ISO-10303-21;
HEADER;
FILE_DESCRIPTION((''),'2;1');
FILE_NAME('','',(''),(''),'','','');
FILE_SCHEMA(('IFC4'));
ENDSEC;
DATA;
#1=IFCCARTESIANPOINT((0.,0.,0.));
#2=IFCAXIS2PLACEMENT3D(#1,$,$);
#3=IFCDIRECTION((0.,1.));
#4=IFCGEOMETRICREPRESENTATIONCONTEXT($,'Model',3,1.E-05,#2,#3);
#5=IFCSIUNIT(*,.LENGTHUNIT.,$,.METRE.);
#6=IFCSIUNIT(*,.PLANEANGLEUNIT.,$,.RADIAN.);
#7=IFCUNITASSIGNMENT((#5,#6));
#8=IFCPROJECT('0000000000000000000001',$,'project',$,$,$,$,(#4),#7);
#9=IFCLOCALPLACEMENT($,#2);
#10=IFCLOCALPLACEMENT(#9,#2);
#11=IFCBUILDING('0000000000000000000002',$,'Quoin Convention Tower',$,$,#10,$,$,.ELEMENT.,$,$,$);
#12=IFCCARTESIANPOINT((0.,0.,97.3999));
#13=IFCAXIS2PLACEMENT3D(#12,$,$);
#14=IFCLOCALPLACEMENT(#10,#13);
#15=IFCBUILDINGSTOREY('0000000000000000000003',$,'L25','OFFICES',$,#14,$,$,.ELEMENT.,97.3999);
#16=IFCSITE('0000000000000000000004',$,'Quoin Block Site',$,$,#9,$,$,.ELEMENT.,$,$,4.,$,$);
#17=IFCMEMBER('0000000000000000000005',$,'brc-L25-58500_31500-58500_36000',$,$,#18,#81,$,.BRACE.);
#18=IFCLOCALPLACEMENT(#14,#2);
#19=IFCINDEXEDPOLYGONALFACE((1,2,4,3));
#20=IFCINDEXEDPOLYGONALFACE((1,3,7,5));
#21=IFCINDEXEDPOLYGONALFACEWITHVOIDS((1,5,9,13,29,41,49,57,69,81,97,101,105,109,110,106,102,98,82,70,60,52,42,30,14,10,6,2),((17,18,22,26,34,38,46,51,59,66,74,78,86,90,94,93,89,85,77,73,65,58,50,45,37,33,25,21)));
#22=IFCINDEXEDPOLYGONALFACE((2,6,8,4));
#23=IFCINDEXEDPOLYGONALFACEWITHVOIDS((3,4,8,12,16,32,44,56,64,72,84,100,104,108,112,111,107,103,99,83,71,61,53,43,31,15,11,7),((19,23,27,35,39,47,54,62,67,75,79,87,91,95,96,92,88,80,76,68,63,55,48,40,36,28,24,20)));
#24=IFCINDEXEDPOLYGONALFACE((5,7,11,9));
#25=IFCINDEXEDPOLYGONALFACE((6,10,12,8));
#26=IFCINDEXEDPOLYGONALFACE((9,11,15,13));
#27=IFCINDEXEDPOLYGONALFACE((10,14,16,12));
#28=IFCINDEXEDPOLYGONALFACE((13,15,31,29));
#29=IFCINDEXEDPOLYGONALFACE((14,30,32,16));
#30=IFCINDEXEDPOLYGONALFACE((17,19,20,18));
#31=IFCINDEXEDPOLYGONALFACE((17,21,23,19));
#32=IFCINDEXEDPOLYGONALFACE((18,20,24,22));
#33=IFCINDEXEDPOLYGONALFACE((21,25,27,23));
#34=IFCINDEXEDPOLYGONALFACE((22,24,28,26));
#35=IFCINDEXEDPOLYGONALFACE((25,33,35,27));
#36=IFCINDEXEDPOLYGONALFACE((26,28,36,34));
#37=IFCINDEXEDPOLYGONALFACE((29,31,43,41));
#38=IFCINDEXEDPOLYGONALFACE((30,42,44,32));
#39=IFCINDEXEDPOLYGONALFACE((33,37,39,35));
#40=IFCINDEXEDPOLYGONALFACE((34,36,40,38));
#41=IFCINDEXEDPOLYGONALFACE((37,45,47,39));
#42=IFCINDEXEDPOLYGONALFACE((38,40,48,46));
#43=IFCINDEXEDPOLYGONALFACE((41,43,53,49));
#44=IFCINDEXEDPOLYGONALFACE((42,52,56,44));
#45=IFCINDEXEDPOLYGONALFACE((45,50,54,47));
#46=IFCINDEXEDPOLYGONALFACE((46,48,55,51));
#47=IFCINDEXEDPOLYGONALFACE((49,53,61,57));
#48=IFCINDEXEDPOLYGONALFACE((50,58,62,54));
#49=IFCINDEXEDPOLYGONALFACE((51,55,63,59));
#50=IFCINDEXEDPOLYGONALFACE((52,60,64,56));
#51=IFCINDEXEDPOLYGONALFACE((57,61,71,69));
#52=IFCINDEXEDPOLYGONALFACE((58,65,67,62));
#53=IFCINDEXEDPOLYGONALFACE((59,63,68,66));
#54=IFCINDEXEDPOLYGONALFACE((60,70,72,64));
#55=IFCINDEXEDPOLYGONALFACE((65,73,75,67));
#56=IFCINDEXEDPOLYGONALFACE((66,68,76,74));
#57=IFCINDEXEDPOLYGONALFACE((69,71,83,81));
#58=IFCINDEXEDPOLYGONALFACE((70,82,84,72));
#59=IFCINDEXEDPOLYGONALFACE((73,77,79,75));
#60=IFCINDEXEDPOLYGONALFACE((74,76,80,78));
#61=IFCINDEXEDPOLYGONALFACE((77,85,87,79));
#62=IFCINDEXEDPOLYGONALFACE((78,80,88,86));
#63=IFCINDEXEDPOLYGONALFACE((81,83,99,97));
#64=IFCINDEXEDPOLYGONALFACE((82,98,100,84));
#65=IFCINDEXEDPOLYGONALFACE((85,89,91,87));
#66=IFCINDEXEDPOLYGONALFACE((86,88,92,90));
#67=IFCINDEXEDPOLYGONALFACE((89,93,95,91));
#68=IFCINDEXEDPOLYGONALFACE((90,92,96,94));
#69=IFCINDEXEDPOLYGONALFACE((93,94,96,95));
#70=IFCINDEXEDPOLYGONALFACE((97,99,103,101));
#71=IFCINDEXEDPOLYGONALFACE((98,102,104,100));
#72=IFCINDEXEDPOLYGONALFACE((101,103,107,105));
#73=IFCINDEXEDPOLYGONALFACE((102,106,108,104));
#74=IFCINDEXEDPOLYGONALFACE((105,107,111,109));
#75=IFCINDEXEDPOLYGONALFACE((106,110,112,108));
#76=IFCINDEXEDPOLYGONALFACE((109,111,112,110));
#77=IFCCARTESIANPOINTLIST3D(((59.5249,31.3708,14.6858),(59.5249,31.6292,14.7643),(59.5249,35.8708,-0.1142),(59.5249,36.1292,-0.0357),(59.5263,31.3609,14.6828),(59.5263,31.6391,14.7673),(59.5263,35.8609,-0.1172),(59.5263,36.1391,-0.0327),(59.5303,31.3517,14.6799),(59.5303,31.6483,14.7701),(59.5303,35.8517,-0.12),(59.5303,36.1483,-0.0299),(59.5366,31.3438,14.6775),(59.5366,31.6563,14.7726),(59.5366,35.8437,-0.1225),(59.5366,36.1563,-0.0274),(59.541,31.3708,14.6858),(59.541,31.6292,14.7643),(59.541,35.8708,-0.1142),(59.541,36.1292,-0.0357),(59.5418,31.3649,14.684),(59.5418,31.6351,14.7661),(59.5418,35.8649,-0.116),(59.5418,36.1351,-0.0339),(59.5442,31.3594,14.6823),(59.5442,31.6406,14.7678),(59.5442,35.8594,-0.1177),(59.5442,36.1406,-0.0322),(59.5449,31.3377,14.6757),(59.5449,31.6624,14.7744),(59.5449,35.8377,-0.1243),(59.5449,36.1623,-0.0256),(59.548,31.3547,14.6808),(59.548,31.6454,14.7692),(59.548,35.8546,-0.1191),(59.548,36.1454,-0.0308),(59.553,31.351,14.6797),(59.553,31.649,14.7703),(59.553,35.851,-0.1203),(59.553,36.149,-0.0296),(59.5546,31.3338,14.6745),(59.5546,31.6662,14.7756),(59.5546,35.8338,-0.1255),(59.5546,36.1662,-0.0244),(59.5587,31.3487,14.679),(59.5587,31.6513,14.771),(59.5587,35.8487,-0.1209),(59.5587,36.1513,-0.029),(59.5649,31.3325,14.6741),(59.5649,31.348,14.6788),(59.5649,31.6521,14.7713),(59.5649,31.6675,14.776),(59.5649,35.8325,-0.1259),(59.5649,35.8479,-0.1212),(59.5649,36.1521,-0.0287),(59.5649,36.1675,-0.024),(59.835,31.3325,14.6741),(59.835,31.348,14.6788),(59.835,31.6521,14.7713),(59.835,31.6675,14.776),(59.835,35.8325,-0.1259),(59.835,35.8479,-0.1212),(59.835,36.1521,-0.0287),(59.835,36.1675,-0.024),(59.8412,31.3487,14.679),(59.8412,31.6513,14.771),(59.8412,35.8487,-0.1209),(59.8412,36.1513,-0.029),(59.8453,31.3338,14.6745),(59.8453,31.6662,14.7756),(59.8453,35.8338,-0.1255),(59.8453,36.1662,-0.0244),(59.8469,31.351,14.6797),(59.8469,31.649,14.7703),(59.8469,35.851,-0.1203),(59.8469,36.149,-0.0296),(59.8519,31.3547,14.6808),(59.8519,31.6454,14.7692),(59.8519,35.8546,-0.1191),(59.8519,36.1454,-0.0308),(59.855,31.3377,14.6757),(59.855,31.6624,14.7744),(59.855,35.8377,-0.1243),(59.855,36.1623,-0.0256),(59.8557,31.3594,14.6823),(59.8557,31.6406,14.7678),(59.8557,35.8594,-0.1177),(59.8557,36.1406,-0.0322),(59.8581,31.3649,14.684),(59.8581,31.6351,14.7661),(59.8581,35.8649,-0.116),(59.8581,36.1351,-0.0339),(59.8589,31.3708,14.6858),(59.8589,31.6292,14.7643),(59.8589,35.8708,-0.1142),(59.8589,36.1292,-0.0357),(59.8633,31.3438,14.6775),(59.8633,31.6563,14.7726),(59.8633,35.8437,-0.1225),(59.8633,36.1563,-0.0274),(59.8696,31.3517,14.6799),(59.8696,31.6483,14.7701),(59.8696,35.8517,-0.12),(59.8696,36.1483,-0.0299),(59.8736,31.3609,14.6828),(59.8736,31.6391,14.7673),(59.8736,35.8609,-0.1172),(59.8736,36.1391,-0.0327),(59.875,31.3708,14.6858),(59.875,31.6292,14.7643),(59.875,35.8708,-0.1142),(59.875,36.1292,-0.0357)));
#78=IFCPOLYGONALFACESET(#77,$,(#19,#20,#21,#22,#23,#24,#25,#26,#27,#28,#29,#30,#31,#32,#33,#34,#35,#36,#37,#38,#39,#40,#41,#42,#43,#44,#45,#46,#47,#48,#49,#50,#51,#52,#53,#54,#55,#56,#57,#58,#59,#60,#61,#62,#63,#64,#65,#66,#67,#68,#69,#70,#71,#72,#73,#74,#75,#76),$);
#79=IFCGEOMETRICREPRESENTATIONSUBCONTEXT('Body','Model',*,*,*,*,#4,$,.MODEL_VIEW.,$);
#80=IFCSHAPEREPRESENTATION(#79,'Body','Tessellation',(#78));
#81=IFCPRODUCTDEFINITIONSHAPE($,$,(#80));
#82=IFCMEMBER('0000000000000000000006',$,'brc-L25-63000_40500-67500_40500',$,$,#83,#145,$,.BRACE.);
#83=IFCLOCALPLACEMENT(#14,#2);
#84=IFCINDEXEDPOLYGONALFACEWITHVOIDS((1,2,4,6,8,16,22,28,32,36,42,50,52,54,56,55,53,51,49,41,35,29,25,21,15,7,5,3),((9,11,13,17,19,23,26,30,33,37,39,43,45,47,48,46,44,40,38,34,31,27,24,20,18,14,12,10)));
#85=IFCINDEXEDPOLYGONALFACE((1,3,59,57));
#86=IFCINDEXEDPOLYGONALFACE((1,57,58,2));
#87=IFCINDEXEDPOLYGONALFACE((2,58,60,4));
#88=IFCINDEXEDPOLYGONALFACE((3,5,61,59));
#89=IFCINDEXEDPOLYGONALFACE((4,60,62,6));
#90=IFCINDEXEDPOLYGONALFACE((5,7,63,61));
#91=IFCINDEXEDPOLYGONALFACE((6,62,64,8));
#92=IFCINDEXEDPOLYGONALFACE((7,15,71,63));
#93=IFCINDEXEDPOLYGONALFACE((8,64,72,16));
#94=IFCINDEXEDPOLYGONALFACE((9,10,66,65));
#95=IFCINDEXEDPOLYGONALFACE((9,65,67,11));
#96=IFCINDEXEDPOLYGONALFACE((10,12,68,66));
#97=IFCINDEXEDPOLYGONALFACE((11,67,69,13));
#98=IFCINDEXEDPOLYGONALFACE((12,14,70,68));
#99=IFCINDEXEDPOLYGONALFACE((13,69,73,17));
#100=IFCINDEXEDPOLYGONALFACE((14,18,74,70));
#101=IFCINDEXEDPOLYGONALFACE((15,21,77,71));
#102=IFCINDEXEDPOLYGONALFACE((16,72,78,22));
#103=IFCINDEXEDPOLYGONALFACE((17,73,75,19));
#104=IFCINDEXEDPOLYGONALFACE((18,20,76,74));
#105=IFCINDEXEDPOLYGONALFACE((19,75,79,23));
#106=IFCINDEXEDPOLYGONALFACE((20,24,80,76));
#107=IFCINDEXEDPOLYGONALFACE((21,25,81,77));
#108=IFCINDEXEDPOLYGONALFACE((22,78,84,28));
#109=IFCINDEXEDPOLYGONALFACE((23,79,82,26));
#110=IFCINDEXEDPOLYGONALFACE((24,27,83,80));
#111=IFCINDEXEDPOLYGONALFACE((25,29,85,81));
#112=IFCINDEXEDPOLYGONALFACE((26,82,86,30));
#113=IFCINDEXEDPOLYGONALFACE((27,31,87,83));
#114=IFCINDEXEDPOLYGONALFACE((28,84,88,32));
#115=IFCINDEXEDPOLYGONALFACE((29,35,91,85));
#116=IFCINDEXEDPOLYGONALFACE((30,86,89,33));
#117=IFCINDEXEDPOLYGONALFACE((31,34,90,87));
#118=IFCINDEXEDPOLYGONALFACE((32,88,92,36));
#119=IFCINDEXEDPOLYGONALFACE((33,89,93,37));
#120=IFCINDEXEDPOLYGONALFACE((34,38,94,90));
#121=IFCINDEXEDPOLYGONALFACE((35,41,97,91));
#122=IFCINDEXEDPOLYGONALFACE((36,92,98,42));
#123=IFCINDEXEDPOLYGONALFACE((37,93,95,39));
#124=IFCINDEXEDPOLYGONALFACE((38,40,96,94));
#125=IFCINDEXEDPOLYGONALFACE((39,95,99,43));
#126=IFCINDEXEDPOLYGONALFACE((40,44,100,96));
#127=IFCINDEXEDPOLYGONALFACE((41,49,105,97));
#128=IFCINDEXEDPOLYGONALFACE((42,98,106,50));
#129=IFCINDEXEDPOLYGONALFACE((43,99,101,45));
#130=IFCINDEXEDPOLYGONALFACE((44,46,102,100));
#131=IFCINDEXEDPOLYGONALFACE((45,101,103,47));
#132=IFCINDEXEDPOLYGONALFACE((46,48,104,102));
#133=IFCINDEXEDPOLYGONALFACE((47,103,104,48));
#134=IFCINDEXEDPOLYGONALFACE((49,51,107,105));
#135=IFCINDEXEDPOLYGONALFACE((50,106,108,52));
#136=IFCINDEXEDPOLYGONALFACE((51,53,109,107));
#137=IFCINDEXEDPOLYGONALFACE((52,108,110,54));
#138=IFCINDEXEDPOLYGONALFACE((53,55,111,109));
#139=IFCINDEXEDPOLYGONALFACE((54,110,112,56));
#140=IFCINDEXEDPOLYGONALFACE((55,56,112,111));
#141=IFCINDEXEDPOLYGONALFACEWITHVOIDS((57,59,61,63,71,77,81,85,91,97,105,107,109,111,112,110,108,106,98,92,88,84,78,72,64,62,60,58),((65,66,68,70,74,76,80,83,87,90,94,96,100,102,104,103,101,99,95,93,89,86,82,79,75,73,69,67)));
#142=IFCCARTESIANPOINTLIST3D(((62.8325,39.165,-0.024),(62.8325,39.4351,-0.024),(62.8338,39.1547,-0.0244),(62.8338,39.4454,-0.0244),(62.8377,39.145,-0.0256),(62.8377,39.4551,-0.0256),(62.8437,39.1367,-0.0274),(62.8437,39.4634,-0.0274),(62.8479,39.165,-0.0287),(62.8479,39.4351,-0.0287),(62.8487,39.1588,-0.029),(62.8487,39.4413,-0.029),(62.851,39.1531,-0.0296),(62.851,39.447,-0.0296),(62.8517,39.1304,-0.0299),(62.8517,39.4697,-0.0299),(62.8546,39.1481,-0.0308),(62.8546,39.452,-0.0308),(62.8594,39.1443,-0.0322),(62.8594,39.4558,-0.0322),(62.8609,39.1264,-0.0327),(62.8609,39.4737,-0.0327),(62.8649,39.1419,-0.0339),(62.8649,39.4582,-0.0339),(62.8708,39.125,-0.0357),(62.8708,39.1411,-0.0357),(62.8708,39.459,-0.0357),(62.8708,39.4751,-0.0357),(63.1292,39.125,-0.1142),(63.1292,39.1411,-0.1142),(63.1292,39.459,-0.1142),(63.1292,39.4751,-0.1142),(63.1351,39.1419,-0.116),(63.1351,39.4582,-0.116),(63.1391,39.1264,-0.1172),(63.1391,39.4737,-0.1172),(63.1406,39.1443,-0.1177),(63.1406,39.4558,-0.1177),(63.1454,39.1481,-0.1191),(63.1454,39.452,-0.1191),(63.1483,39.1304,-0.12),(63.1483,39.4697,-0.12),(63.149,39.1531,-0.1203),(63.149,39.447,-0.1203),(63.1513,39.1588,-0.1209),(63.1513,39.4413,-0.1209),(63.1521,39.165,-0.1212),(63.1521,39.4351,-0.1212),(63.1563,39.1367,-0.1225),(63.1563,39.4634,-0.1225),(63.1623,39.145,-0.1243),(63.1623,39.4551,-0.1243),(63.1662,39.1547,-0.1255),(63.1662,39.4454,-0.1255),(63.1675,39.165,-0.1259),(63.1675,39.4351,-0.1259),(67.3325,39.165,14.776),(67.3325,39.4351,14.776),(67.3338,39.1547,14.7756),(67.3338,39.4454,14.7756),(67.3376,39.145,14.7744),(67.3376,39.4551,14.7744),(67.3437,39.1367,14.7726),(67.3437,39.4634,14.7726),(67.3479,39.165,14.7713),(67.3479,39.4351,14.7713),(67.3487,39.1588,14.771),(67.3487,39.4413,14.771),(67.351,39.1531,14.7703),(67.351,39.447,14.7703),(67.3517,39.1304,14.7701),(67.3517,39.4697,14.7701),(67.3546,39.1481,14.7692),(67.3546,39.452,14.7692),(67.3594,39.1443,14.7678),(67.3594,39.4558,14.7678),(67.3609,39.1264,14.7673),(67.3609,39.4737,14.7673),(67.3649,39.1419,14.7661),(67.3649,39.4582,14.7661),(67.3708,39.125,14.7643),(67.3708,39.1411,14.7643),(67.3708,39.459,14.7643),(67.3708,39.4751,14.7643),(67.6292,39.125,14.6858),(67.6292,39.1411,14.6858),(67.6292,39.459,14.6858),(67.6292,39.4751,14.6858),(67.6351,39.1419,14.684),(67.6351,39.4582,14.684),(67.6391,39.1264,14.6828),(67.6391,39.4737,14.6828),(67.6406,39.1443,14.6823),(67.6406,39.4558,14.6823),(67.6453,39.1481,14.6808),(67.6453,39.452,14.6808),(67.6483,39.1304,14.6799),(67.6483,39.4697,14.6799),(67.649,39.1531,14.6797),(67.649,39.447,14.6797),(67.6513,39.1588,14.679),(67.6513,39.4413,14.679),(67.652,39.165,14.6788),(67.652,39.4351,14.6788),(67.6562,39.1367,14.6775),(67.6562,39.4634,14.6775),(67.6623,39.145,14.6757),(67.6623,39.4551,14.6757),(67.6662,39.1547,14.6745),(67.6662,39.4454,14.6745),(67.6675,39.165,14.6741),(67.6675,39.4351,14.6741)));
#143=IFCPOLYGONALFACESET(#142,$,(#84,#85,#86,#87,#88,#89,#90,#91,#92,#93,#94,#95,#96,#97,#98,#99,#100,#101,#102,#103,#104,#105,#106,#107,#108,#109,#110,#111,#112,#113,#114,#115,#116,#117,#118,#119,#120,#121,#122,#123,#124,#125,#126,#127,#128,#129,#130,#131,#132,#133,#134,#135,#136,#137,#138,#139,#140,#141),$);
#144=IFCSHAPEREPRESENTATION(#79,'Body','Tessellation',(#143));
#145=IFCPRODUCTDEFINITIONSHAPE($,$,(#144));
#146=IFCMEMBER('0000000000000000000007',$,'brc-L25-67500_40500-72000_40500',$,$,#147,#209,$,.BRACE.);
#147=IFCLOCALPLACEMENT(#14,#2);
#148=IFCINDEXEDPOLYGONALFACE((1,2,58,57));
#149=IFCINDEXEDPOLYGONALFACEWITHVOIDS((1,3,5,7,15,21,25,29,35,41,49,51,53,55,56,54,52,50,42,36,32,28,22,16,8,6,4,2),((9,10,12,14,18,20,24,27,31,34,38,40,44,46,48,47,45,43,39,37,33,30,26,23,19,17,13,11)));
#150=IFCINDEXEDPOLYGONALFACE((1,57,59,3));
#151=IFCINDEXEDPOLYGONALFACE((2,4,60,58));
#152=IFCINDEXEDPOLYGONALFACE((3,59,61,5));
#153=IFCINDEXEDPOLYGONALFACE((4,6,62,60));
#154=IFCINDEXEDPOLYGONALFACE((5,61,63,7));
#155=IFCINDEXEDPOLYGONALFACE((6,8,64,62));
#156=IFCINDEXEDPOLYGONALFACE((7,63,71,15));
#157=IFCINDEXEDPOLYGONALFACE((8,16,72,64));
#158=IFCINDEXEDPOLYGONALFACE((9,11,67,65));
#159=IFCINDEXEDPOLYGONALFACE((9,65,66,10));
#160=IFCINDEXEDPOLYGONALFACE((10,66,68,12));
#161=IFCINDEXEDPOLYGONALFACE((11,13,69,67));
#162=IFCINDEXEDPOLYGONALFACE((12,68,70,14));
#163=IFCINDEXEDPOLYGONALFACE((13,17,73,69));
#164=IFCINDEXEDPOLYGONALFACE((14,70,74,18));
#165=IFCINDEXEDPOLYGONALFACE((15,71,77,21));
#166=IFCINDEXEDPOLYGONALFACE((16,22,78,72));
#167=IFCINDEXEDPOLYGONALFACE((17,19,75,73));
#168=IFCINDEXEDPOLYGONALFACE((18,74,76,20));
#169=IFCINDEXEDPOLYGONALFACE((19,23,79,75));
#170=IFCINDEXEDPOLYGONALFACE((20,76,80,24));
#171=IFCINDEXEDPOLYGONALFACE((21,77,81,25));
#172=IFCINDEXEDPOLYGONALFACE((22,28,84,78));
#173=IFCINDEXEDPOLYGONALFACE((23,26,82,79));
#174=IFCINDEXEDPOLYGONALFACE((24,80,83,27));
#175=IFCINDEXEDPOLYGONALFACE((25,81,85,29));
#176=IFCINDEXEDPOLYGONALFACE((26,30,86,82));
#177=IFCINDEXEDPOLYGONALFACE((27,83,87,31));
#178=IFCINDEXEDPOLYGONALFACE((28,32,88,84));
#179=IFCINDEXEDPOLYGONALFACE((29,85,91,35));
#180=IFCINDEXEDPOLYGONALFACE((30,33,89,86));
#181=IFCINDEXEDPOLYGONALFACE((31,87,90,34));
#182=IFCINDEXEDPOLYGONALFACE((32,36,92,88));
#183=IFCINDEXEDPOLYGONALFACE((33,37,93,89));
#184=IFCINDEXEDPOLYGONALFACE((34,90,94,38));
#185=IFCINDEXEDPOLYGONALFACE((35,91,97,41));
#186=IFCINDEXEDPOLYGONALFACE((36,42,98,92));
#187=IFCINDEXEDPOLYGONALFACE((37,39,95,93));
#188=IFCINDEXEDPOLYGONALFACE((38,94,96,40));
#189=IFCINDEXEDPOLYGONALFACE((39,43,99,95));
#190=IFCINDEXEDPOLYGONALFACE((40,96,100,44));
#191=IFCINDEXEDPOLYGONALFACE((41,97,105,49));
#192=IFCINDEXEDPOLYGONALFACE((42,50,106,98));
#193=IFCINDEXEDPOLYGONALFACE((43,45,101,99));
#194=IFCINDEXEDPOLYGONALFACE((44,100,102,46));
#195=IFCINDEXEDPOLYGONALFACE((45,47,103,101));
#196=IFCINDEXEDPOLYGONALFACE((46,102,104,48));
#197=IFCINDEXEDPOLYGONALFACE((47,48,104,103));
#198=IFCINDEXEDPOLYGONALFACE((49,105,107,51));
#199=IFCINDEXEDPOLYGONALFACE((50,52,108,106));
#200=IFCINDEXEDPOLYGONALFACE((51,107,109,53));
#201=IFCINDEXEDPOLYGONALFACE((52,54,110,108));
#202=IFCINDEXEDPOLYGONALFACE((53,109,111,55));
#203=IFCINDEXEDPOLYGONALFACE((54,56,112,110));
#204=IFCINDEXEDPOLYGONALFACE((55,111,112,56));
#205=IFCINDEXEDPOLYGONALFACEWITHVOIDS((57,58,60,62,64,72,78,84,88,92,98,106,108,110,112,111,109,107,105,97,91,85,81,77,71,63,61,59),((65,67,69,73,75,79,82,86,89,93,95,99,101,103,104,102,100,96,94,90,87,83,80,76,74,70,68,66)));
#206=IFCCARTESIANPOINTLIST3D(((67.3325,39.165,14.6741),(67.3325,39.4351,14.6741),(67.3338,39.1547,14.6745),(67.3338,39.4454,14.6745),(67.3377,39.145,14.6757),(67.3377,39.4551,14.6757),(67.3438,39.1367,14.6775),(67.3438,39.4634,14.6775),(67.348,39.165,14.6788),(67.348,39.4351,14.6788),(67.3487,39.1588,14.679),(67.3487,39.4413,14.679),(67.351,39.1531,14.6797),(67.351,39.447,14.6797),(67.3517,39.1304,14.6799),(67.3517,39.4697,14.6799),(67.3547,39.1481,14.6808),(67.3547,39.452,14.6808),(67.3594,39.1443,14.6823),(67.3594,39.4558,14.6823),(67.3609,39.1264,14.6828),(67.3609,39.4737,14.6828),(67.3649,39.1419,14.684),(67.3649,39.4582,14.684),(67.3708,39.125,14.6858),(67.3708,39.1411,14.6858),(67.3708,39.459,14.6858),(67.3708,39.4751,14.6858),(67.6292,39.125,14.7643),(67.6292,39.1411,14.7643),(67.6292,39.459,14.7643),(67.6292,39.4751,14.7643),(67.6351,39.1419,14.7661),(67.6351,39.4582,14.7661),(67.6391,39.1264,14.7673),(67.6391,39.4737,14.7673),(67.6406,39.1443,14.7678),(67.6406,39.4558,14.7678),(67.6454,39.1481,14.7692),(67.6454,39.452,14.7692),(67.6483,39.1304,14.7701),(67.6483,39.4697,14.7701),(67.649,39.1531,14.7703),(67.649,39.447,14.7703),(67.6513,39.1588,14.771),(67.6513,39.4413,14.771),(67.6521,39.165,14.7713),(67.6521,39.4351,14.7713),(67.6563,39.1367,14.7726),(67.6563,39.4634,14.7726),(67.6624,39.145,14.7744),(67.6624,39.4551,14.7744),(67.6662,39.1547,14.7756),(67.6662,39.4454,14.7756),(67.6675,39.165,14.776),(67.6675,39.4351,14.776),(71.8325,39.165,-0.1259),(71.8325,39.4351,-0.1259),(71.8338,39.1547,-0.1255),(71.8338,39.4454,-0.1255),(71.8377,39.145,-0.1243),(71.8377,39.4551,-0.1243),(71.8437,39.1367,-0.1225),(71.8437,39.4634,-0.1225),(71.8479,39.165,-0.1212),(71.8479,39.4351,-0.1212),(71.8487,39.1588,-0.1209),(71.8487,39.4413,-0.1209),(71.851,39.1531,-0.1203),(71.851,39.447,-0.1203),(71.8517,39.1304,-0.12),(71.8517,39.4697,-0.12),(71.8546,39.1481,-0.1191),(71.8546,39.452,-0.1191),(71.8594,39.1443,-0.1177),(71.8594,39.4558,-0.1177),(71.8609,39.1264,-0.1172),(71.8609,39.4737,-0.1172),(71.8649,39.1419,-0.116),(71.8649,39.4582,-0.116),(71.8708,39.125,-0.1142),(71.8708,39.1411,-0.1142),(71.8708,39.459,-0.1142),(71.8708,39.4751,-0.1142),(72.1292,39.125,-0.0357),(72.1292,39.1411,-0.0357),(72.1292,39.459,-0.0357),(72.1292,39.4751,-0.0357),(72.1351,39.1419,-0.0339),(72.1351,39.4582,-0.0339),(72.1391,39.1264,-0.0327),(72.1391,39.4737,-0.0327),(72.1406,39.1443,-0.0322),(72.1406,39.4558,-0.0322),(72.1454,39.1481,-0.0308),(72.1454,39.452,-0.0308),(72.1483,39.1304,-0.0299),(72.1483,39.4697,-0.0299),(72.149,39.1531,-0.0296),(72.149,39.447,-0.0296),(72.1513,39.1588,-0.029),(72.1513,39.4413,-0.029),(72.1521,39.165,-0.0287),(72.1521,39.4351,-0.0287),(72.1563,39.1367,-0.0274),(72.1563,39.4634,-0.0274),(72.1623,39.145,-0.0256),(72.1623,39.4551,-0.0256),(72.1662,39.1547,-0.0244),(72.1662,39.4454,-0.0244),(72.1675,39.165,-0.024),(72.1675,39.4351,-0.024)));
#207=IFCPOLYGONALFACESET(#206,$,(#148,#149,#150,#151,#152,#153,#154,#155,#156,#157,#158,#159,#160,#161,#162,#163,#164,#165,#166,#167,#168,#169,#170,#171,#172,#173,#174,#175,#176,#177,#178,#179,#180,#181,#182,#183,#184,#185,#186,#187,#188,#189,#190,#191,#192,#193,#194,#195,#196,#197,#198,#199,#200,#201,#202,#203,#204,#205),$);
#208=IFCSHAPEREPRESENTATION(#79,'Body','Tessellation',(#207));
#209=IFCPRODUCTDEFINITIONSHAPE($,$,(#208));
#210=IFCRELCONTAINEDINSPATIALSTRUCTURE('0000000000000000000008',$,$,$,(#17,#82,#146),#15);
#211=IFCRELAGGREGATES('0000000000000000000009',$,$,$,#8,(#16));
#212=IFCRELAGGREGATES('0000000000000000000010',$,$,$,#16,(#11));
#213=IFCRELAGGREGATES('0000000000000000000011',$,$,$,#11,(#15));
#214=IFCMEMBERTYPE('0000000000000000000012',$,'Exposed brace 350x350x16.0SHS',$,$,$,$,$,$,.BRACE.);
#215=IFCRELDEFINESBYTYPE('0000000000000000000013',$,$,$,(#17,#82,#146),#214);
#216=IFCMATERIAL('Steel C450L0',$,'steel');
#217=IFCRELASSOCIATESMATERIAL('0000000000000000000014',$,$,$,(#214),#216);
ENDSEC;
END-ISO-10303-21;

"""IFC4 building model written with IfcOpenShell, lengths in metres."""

from ifc_helpers import new_model, si_unit, direction, frame, origin, origin_2d, place, context, subcontext, project, spatial, hollow_rectangle, extrude, material, material_profile, profile_set, type_object, element, save


model = new_model("IFC4")

# Units and contexts
model_context = context("Model", 3, precision=1e-05, world=origin(), true_north=direction((0.0, 1.0)))
body_context = subcontext(model_context, "Body", "Model", "MODEL_VIEW")
ifc_project = project(units=[si_unit("LENGTHUNIT", "METRE"), si_unit("PLANEANGLEUNIT", "RADIAN")], contexts=[model_context])

# Site, building, storey
site_placement = place(None, origin())
site = spatial("IfcSite", under=ifc_project, at=site_placement, Name="Quoin Block Site", CompositionType="ELEMENT", RefElevation=4.0)
building_placement = place(site_placement, origin())
building = spatial("IfcBuilding", under=site, at=building_placement, Name="Quoin Convention Tower", CompositionType="ELEMENT")
storey_placement = place(building_placement, frame((0.0, 0.0, 97.3999)))
storey = spatial("IfcBuildingStorey", under=building, at=storey_placement, Name="L25", Description="OFFICES", CompositionType="ELEMENT", Elevation=97.3999)

# Members
ifc_material_1 = material(Name="Steel C450L0", Category="steel")
ifc_material_profile_1 = material_profile(ifc_material_1, hollow_rectangle(XDim=0.3501, YDim=0.3501, WallThickness=0.0161, InnerFilletRadius=0.0239, OuterFilletRadius=0.04, at=origin_2d()), Name="350x350x16.0SHS")
ifc_profile_set_1 = profile_set([ifc_material_profile_1], Name="Steel C450L0")
member_type = type_object("IfcMemberType", Name="Exposed brace 350x350x16.0SHS", PredefinedType="BRACE", material=ifc_profile_set_1)
for number, where, z_axis, x_axis, name in (
    (1, (59.7, 36.0, -0.075), (0.0, -0.290903, 0.956752), (1.0, 0.0, 0.0), "brc-L25-58500_31500-58500_36000"),
    (2, (63.0, 39.3, -0.075), (0.290903, 0.0, 0.956752), (0.0, 1.0, 0.0), "brc-L25-63000_40500-67500_40500"),
    (3, (72.0, 39.3, -0.075), (-0.290903, 0.0, 0.956752), (0.0, -1.0, 0.0), "brc-L25-67500_40500-72000_40500"),
):
    element("IfcMember", number, at=place(storey_placement, frame(where, z_axis=z_axis, x_axis=x_axis)), inside=storey, type_object=member_type, Name=name, PredefinedType="BRACE", context=body_context, shape_type="SweptSolid", body=[
        extrude(hollow_rectangle(XDim=0.3501, YDim=0.3501, WallThickness=0.0161, InnerFilletRadius=0.0239, OuterFilletRadius=0.04, at=origin_2d()), origin(), (0.0, 0.0, 1.0), 15.469),
    ])

save(model, "model.ifc")
